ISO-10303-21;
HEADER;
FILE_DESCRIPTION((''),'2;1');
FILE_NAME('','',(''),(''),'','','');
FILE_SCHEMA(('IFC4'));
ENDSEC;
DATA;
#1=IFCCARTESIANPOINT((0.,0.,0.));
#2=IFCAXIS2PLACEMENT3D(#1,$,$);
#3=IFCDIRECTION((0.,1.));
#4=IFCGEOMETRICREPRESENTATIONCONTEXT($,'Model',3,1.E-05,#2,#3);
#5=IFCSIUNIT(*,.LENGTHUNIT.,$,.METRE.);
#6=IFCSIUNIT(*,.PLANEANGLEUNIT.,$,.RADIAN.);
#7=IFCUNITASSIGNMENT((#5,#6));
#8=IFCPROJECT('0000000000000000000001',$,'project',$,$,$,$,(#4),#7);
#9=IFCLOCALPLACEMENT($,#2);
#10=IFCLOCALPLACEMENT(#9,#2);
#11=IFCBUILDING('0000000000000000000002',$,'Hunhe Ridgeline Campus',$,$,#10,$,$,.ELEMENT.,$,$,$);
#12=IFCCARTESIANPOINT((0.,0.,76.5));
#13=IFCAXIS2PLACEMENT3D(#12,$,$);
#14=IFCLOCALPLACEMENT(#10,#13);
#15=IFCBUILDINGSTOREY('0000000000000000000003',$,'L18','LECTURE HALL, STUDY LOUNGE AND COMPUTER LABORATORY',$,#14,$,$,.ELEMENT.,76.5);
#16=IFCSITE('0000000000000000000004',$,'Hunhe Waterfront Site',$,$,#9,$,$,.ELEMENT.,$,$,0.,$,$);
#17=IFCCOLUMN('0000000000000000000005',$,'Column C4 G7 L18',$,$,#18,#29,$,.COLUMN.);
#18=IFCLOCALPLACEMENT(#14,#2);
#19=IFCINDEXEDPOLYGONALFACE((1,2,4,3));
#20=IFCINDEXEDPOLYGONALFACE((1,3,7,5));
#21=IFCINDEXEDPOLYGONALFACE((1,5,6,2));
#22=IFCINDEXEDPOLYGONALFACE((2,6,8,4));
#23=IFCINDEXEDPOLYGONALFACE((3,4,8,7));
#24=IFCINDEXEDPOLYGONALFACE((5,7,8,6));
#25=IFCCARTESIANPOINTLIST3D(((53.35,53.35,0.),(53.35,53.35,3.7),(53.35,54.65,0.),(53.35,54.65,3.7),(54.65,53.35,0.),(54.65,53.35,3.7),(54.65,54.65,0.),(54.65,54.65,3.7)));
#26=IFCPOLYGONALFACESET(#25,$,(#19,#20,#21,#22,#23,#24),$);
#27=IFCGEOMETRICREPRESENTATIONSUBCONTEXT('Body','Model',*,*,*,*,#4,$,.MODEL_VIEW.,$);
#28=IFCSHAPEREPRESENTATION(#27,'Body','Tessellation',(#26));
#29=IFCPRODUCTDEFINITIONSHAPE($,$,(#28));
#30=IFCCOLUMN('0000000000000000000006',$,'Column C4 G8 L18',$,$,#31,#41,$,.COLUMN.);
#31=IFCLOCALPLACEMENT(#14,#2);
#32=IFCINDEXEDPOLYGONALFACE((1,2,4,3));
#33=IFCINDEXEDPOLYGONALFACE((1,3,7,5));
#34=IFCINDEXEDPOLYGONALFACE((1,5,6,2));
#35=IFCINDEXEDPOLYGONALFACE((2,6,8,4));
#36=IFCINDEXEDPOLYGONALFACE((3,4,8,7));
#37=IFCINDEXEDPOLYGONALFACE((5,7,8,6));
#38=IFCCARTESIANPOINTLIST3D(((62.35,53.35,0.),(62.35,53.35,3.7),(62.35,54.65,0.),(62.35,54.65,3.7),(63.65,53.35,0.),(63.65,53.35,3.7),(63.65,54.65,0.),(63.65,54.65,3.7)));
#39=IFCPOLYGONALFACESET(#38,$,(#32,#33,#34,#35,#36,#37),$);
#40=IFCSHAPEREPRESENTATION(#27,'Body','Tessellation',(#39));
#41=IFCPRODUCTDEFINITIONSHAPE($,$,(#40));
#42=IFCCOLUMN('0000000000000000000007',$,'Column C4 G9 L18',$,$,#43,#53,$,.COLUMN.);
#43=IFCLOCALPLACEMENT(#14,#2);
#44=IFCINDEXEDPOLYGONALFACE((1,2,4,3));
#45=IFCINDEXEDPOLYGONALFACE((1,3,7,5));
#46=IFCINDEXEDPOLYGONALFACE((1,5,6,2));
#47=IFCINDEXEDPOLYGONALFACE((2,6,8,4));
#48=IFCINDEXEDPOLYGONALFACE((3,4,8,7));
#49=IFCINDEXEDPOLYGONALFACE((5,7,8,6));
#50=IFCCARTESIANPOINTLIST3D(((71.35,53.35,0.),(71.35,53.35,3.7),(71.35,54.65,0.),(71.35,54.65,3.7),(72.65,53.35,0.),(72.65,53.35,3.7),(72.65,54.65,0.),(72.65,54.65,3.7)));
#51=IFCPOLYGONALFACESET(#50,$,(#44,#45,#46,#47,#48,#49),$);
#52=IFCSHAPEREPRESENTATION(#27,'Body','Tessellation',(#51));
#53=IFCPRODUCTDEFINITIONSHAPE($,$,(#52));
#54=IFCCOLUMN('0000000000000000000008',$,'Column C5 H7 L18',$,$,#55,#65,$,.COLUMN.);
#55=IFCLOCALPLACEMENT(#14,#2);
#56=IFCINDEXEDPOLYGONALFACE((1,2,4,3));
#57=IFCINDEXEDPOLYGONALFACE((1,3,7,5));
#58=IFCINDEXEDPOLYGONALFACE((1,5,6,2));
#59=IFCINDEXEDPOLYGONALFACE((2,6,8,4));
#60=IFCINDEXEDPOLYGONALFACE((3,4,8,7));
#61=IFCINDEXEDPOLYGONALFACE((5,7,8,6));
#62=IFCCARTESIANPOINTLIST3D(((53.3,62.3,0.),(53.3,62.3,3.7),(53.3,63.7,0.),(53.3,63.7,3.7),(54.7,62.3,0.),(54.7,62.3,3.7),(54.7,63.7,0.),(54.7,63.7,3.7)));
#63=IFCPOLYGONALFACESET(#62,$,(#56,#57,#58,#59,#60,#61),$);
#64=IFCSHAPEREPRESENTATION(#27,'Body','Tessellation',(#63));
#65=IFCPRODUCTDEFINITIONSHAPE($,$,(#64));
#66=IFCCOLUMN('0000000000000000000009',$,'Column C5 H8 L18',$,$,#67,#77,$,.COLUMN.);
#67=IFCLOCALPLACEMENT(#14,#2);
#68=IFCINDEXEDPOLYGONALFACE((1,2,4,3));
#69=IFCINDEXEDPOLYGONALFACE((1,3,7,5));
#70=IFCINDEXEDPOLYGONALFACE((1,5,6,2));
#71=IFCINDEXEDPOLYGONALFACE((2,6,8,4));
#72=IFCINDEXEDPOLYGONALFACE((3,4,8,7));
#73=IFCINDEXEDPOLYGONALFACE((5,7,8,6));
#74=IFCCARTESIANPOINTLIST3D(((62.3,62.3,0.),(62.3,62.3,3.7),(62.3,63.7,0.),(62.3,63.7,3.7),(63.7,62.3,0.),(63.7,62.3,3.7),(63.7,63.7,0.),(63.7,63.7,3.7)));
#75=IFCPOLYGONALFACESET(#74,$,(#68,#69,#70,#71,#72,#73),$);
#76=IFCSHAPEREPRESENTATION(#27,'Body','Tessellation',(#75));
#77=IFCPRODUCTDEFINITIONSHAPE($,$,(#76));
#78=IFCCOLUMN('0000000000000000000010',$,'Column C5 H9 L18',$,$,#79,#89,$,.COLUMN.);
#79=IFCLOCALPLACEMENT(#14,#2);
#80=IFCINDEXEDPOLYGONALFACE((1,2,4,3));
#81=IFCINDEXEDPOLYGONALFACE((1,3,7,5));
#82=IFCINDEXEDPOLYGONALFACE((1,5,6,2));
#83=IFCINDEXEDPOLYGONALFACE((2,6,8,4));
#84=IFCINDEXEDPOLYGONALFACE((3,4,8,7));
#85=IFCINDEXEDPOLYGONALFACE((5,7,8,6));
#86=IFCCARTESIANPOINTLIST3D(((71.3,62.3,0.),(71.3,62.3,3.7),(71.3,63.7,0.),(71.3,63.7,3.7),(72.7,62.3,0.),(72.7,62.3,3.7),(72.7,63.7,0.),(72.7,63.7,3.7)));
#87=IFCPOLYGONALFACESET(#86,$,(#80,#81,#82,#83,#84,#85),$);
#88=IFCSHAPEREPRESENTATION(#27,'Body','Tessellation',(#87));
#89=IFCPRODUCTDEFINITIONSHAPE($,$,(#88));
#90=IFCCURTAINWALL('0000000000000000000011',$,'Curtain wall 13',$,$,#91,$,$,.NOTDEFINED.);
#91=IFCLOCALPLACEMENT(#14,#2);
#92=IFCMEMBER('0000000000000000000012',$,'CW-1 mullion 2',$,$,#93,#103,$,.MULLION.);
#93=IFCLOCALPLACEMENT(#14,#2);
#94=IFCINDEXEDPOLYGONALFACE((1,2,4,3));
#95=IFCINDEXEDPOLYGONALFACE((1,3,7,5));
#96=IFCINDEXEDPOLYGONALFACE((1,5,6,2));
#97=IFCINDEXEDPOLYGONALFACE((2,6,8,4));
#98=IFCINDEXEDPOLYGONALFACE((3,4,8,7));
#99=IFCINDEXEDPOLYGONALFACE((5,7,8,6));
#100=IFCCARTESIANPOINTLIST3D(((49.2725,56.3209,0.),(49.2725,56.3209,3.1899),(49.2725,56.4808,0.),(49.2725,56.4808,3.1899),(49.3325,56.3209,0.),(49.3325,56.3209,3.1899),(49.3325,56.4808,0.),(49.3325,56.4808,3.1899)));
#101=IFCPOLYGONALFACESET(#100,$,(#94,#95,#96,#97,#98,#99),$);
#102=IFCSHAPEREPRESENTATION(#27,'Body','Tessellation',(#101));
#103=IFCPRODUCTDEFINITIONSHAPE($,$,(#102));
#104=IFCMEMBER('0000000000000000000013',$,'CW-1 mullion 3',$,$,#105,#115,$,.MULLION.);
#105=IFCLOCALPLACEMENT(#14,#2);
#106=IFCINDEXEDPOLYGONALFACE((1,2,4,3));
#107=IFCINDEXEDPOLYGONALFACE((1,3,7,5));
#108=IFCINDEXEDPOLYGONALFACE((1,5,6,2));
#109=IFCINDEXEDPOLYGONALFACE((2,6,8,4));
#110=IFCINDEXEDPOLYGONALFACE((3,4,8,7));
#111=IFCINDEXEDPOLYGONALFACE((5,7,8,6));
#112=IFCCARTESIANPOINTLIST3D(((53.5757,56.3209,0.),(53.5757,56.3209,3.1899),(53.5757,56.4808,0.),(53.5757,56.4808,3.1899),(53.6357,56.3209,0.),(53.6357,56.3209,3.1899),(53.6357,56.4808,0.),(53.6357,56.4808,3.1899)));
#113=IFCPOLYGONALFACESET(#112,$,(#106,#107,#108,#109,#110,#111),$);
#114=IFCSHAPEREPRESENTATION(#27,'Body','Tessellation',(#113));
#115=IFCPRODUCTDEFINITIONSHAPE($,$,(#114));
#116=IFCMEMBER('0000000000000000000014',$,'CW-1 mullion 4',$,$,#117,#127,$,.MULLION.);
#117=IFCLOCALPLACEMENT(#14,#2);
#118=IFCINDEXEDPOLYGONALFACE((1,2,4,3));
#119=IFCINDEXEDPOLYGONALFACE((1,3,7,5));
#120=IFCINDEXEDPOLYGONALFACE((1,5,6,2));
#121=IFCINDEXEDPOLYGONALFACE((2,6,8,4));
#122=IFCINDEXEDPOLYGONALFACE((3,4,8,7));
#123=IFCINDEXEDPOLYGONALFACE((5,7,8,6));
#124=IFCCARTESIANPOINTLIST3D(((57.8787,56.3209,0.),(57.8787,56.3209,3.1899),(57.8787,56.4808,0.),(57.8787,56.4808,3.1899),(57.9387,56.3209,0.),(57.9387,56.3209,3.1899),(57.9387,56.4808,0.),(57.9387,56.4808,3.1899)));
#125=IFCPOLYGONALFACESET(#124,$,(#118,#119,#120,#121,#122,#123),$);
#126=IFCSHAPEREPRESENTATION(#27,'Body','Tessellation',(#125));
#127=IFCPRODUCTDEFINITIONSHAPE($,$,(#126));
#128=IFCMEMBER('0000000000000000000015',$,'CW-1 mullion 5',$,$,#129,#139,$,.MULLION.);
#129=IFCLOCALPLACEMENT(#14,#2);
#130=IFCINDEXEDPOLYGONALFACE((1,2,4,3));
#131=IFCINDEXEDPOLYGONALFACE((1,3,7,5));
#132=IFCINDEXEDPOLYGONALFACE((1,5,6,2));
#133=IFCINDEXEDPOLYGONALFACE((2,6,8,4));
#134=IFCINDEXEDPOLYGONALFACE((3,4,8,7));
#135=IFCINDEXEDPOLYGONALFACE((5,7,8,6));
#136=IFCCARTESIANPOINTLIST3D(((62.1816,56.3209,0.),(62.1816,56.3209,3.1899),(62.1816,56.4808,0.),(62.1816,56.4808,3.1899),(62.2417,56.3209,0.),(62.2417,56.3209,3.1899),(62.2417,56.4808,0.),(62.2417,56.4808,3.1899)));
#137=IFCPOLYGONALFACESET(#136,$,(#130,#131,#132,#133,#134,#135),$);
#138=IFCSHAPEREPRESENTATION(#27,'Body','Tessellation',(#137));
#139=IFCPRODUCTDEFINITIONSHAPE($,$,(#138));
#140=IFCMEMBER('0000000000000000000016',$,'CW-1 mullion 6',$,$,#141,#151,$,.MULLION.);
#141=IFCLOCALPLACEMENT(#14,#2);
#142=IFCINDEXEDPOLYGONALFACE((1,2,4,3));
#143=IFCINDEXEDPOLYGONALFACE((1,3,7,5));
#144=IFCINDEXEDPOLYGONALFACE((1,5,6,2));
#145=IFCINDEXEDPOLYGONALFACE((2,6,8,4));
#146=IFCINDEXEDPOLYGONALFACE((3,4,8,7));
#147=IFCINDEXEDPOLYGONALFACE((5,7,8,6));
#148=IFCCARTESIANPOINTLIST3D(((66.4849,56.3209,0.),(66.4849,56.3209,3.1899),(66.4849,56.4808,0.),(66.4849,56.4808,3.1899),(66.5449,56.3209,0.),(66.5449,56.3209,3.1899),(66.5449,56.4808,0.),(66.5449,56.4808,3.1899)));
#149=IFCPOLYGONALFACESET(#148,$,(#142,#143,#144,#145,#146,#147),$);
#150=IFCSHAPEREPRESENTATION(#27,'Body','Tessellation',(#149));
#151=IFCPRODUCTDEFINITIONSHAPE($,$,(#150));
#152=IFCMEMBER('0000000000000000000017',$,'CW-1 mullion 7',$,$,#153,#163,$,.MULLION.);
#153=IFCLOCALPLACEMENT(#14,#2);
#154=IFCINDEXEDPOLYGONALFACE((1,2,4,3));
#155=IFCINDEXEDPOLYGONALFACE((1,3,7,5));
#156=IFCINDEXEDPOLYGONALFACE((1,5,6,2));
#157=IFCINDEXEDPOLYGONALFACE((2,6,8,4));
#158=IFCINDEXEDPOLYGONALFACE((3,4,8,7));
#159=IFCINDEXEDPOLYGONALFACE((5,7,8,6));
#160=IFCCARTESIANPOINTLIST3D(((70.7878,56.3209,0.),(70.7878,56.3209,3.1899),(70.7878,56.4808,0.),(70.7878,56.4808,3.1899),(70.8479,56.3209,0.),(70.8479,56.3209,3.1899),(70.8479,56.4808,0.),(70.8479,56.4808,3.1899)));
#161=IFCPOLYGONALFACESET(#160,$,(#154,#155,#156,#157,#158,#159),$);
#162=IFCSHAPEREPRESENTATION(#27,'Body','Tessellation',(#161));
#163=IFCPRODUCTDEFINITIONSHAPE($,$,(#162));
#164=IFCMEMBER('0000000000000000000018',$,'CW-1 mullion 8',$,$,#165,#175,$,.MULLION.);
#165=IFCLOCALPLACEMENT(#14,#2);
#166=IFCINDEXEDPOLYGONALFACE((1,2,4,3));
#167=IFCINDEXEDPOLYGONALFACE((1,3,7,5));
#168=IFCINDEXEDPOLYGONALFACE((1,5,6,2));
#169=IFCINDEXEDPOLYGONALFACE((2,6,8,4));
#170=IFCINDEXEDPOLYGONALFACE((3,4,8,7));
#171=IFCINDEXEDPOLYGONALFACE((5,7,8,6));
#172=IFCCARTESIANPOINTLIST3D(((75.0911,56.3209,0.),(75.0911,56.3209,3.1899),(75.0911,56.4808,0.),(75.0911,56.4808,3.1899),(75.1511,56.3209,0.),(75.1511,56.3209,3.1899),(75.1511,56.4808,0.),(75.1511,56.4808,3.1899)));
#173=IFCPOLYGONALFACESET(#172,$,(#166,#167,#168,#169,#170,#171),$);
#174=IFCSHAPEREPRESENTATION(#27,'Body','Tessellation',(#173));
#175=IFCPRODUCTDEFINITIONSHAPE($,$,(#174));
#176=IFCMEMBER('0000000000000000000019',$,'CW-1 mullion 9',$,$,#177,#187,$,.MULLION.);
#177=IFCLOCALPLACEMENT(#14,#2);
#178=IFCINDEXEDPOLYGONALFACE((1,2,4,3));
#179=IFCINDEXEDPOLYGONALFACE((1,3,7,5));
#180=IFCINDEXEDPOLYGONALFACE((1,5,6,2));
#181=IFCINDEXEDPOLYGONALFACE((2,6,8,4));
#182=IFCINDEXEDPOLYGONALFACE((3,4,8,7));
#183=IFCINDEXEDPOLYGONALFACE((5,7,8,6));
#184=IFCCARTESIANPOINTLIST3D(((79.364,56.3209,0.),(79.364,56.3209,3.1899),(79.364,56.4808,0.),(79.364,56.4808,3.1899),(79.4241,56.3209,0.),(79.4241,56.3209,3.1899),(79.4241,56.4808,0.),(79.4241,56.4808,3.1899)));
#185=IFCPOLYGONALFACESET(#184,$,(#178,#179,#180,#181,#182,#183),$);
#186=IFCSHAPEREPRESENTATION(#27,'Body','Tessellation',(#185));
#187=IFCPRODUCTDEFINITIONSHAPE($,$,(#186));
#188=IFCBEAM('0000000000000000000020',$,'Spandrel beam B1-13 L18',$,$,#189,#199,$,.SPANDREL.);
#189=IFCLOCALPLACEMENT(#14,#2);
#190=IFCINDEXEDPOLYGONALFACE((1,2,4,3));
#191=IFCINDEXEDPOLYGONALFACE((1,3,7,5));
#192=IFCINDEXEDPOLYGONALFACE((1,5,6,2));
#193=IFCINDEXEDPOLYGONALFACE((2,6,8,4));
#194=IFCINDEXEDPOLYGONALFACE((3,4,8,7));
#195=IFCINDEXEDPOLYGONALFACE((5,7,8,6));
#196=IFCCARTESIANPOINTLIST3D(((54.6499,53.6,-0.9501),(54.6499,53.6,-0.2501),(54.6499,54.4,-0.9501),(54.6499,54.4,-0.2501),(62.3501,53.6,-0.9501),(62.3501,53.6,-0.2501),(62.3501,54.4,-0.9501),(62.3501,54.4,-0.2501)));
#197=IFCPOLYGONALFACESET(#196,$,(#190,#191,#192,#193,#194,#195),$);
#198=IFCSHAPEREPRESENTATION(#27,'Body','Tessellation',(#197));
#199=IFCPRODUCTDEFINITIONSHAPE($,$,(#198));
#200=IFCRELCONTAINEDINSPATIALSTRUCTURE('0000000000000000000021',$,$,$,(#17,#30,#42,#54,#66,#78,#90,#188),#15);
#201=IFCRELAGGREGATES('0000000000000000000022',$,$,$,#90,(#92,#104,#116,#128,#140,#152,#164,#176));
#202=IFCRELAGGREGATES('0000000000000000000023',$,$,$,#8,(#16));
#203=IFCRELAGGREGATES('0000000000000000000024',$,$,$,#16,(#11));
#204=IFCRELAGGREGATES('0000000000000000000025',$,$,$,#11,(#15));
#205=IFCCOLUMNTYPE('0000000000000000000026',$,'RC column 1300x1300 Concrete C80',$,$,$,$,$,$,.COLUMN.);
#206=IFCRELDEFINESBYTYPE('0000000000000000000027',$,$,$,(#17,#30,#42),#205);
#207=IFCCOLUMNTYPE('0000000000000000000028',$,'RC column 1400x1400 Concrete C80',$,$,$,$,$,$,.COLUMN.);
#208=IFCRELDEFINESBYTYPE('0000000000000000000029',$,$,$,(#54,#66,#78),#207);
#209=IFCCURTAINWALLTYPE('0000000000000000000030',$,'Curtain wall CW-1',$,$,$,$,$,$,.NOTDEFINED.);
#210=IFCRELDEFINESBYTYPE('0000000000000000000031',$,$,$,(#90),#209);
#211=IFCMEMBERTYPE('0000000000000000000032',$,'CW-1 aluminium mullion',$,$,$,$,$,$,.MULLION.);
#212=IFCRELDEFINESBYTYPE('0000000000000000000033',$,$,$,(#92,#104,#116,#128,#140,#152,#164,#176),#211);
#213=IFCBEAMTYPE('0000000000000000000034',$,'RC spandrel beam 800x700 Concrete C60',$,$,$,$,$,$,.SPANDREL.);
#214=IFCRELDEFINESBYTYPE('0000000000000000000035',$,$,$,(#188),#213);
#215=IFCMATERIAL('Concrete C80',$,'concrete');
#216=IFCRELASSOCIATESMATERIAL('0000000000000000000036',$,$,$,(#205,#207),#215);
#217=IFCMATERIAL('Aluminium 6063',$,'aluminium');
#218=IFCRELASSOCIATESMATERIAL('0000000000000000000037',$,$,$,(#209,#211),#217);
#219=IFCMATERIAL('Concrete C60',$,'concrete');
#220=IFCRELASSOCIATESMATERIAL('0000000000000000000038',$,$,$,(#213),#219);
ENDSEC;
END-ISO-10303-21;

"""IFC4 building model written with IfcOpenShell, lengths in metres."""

from ifc_helpers import new_model, si_unit, direction, frame, origin, origin_2d, place, context, subcontext, project, spatial, rectangle, extrude, material, material_profile, profile_set, type_object, element, aggregate, save


model = new_model("IFC4")

# Units and contexts
model_context = context("Model", 3, precision=1e-05, world=origin(), true_north=direction((0.0, 1.0)))
body_context = subcontext(model_context, "Body", "Model", "MODEL_VIEW")
ifc_project = project(units=[si_unit("LENGTHUNIT", "METRE"), si_unit("PLANEANGLEUNIT", "RADIAN")], contexts=[model_context])

# Site, building, storey
site_placement = place(None, origin())
site = spatial("IfcSite", under=ifc_project, at=site_placement, Name="Hunhe Waterfront Site", CompositionType="ELEMENT", RefElevation=0.0)
building_placement = place(site_placement, origin())
building = spatial("IfcBuilding", under=site, at=building_placement, Name="Hunhe Ridgeline Campus", CompositionType="ELEMENT")
storey_placement = place(building_placement, frame((0.0, 0.0, 76.5)))
storey = spatial("IfcBuildingStorey", under=building, at=storey_placement, Name="L18", Description="LECTURE HALL, STUDY LOUNGE AND COMPUTER LABORATORY", CompositionType="ELEMENT", Elevation=76.5)

# Columns
ifc_material_1 = material(Name="Concrete C80", Category="concrete")
ifc_material_profile_1 = material_profile(ifc_material_1, rectangle(XDim=1.3, YDim=1.3, at=origin_2d()))
ifc_profile_set_1 = profile_set([ifc_material_profile_1], Name="Concrete C80")
column_type_1 = type_object("IfcColumnType", Name="RC column 1300x1300 Concrete C80", PredefinedType="COLUMN", material=ifc_profile_set_1)
for number, where, z_axis, x_axis, name in (
    (1, (54.0, 54.0, 0.0), (0.0, 0.0, 1.0), (1.0, 0.0, 0.0), "Column C4 G7 L18"),
    (2, (63.0, 54.0, 0.0), (0.0, 0.0, 1.0), (1.0, 0.0, 0.0), "Column C4 G8 L18"),
    (3, (72.0, 54.0, 0.0), (0.0, 0.0, 1.0), (1.0, 0.0, 0.0), "Column C4 G9 L18"),
):
    element("IfcColumn", number, at=place(storey_placement, frame(where, z_axis=z_axis, x_axis=x_axis)), inside=storey, type_object=column_type_1, Name=name, PredefinedType="COLUMN", context=body_context, shape_type="SweptSolid", body=[
        extrude(rectangle(XDim=1.3, YDim=1.3, at=origin_2d()), origin(), (0.0, 0.0, 1.0), 3.7),
    ])
ifc_material_profile_2 = material_profile(ifc_material_1, rectangle(XDim=1.3999, YDim=1.3999, at=origin_2d()))
ifc_profile_set_2 = profile_set([ifc_material_profile_2], Name="Concrete C80")
column_type_2 = type_object("IfcColumnType", Name="RC column 1400x1400 Concrete C80", PredefinedType="COLUMN", material=ifc_profile_set_2)
for number, where, z_axis, x_axis, name in (
    (4, (54.0, 63.0, 0.0), (0.0, 0.0, 1.0), (1.0, 0.0, 0.0), "Column C5 H7 L18"),
    (5, (63.0, 63.0, 0.0), (0.0, 0.0, 1.0), (1.0, 0.0, 0.0), "Column C5 H8 L18"),
    (6, (72.0, 63.0, 0.0), (0.0, 0.0, 1.0), (1.0, 0.0, 0.0), "Column C5 H9 L18"),
):
    element("IfcColumn", number, at=place(storey_placement, frame(where, z_axis=z_axis, x_axis=x_axis)), inside=storey, type_object=column_type_2, Name=name, PredefinedType="COLUMN", context=body_context, shape_type="SweptSolid", body=[
        extrude(rectangle(XDim=1.3999, YDim=1.3999, at=origin_2d()), origin(), (0.0, 0.0, 1.0), 3.7),
    ])

# Curtain wall, members
ifc_material_2 = material(Name="Aluminium 6063", Category="aluminium")
curtain_wall_type = type_object("IfcCurtainWallType", Name="Curtain wall CW-1", PredefinedType="NOTDEFINED", material=ifc_material_2)
curtain_wall_placement = place(storey_placement, origin())
curtain_wall = element("IfcCurtainWall", 7, at=curtain_wall_placement, inside=storey, type_object=curtain_wall_type, Name="Curtain wall 13", PredefinedType="NOTDEFINED")
ifc_material_profile_3 = material_profile(ifc_material_2, rectangle(XDim=0.1599, YDim=0.0601, at=origin_2d()))
ifc_profile_set_3 = profile_set([ifc_material_profile_3], Name="Aluminium 6063")
member_type = type_object("IfcMemberType", Name="CW-1 aluminium mullion", PredefinedType="MULLION", material=ifc_profile_set_3)
member_1_placement = place(storey_placement, frame((49.3025, 56.4009, 0.0), z_axis=(0.0, 0.0, 1.0), x_axis=(-0.000004, 1.0, 0.0)))
member_1 = element("IfcMember", 8, at=member_1_placement, type_object=member_type, Name="CW-1 mullion 2", PredefinedType="MULLION", context=body_context, shape_type="SweptSolid", body=[
    extrude(rectangle(XDim=0.1599, YDim=0.0601, at=origin_2d()), origin(), (0.0, 0.0, 1.0), 3.1899),
])
member_2_placement = place(storey_placement, frame((53.6057, 56.4009, 0.0), z_axis=(0.0, 0.0, 1.0), x_axis=(-0.000004, 1.0, 0.0)))
member_2 = element("IfcMember", 9, at=member_2_placement, type_object=member_type, Name="CW-1 mullion 3", PredefinedType="MULLION", context=body_context, shape_type="SweptSolid", body=[
    extrude(rectangle(XDim=0.1599, YDim=0.0601, at=origin_2d()), origin(), (0.0, 0.0, 1.0), 3.1899),
])
member_3_placement = place(storey_placement, frame((57.9087, 56.4009, 0.0), z_axis=(0.0, 0.0, 1.0), x_axis=(-0.000004, 1.0, 0.0)))
member_3 = element("IfcMember", 10, at=member_3_placement, type_object=member_type, Name="CW-1 mullion 4", PredefinedType="MULLION", context=body_context, shape_type="SweptSolid", body=[
    extrude(rectangle(XDim=0.1599, YDim=0.0601, at=origin_2d()), origin(), (0.0, 0.0, 1.0), 3.1899),
])
member_4_placement = place(storey_placement, frame((62.2117, 56.4009, 0.0), z_axis=(0.0, 0.0, 1.0), x_axis=(-0.000004, 1.0, 0.0)))
member_4 = element("IfcMember", 11, at=member_4_placement, type_object=member_type, Name="CW-1 mullion 5", PredefinedType="MULLION", context=body_context, shape_type="SweptSolid", body=[
    extrude(rectangle(XDim=0.1599, YDim=0.0601, at=origin_2d()), origin(), (0.0, 0.0, 1.0), 3.1899),
])
member_5_placement = place(storey_placement, frame((66.5149, 56.4009, 0.0), z_axis=(0.0, 0.0, 1.0), x_axis=(-0.000004, 1.0, 0.0)))
member_5 = element("IfcMember", 12, at=member_5_placement, type_object=member_type, Name="CW-1 mullion 6", PredefinedType="MULLION", context=body_context, shape_type="SweptSolid", body=[
    extrude(rectangle(XDim=0.1599, YDim=0.0601, at=origin_2d()), origin(), (0.0, 0.0, 1.0), 3.1899),
])
member_6_placement = place(storey_placement, frame((70.8179, 56.4009, 0.0), z_axis=(0.0, 0.0, 1.0), x_axis=(-0.000004, 1.0, 0.0)))
member_6 = element("IfcMember", 13, at=member_6_placement, type_object=member_type, Name="CW-1 mullion 7", PredefinedType="MULLION", context=body_context, shape_type="SweptSolid", body=[
    extrude(rectangle(XDim=0.1599, YDim=0.0601, at=origin_2d()), origin(), (0.0, 0.0, 1.0), 3.1899),
])
member_7_placement = place(storey_placement, frame((75.1211, 56.4009, 0.0), z_axis=(0.0, 0.0, 1.0), x_axis=(-0.000004, 1.0, 0.0)))
member_7 = element("IfcMember", 14, at=member_7_placement, type_object=member_type, Name="CW-1 mullion 8", PredefinedType="MULLION", context=body_context, shape_type="SweptSolid", body=[
    extrude(rectangle(XDim=0.1599, YDim=0.0601, at=origin_2d()), origin(), (0.0, 0.0, 1.0), 3.1899),
])
member_8_placement = place(storey_placement, frame((79.394, 56.4009, 0.0), z_axis=(0.0, 0.0, 1.0), x_axis=(-0.000004, 1.0, 0.0)))
member_8 = element("IfcMember", 15, at=member_8_placement, type_object=member_type, Name="CW-1 mullion 9", PredefinedType="MULLION", context=body_context, shape_type="SweptSolid", body=[
    extrude(rectangle(XDim=0.1599, YDim=0.0601, at=origin_2d()), origin(), (0.0, 0.0, 1.0), 3.1899),
])

# Beam
ifc_material_3 = material(Name="Concrete C60", Category="concrete")
ifc_material_profile_4 = material_profile(ifc_material_3, rectangle(XDim=0.8, YDim=0.7, at=origin_2d()))
ifc_profile_set_4 = profile_set([ifc_material_profile_4], Name="Concrete C60")
beam_type = type_object("IfcBeamType", Name="RC spandrel beam 800x700 Concrete C60", PredefinedType="SPANDREL", material=ifc_profile_set_4)
for number, where, z_axis, x_axis, name in (
    (16, (54.6499, 54.0, -0.6001), (1.0, 0.0, 0.0), (0.0, 1.0, 0.0), "Spandrel beam B1-13 L18"),
):
    element("IfcBeam", number, at=place(storey_placement, frame(where, z_axis=z_axis, x_axis=x_axis)), inside=storey, type_object=beam_type, Name=name, PredefinedType="SPANDREL", context=body_context, shape_type="SweptSolid", body=[
        extrude(rectangle(XDim=0.8, YDim=0.7, at=origin_2d()), origin(), (0.0, 0.0, 1.0), 7.7002),
    ])

aggregate(curtain_wall, [member_1, member_2, member_3, member_4, member_5, member_6, member_7, member_8])

save(model, "model.ifc")
